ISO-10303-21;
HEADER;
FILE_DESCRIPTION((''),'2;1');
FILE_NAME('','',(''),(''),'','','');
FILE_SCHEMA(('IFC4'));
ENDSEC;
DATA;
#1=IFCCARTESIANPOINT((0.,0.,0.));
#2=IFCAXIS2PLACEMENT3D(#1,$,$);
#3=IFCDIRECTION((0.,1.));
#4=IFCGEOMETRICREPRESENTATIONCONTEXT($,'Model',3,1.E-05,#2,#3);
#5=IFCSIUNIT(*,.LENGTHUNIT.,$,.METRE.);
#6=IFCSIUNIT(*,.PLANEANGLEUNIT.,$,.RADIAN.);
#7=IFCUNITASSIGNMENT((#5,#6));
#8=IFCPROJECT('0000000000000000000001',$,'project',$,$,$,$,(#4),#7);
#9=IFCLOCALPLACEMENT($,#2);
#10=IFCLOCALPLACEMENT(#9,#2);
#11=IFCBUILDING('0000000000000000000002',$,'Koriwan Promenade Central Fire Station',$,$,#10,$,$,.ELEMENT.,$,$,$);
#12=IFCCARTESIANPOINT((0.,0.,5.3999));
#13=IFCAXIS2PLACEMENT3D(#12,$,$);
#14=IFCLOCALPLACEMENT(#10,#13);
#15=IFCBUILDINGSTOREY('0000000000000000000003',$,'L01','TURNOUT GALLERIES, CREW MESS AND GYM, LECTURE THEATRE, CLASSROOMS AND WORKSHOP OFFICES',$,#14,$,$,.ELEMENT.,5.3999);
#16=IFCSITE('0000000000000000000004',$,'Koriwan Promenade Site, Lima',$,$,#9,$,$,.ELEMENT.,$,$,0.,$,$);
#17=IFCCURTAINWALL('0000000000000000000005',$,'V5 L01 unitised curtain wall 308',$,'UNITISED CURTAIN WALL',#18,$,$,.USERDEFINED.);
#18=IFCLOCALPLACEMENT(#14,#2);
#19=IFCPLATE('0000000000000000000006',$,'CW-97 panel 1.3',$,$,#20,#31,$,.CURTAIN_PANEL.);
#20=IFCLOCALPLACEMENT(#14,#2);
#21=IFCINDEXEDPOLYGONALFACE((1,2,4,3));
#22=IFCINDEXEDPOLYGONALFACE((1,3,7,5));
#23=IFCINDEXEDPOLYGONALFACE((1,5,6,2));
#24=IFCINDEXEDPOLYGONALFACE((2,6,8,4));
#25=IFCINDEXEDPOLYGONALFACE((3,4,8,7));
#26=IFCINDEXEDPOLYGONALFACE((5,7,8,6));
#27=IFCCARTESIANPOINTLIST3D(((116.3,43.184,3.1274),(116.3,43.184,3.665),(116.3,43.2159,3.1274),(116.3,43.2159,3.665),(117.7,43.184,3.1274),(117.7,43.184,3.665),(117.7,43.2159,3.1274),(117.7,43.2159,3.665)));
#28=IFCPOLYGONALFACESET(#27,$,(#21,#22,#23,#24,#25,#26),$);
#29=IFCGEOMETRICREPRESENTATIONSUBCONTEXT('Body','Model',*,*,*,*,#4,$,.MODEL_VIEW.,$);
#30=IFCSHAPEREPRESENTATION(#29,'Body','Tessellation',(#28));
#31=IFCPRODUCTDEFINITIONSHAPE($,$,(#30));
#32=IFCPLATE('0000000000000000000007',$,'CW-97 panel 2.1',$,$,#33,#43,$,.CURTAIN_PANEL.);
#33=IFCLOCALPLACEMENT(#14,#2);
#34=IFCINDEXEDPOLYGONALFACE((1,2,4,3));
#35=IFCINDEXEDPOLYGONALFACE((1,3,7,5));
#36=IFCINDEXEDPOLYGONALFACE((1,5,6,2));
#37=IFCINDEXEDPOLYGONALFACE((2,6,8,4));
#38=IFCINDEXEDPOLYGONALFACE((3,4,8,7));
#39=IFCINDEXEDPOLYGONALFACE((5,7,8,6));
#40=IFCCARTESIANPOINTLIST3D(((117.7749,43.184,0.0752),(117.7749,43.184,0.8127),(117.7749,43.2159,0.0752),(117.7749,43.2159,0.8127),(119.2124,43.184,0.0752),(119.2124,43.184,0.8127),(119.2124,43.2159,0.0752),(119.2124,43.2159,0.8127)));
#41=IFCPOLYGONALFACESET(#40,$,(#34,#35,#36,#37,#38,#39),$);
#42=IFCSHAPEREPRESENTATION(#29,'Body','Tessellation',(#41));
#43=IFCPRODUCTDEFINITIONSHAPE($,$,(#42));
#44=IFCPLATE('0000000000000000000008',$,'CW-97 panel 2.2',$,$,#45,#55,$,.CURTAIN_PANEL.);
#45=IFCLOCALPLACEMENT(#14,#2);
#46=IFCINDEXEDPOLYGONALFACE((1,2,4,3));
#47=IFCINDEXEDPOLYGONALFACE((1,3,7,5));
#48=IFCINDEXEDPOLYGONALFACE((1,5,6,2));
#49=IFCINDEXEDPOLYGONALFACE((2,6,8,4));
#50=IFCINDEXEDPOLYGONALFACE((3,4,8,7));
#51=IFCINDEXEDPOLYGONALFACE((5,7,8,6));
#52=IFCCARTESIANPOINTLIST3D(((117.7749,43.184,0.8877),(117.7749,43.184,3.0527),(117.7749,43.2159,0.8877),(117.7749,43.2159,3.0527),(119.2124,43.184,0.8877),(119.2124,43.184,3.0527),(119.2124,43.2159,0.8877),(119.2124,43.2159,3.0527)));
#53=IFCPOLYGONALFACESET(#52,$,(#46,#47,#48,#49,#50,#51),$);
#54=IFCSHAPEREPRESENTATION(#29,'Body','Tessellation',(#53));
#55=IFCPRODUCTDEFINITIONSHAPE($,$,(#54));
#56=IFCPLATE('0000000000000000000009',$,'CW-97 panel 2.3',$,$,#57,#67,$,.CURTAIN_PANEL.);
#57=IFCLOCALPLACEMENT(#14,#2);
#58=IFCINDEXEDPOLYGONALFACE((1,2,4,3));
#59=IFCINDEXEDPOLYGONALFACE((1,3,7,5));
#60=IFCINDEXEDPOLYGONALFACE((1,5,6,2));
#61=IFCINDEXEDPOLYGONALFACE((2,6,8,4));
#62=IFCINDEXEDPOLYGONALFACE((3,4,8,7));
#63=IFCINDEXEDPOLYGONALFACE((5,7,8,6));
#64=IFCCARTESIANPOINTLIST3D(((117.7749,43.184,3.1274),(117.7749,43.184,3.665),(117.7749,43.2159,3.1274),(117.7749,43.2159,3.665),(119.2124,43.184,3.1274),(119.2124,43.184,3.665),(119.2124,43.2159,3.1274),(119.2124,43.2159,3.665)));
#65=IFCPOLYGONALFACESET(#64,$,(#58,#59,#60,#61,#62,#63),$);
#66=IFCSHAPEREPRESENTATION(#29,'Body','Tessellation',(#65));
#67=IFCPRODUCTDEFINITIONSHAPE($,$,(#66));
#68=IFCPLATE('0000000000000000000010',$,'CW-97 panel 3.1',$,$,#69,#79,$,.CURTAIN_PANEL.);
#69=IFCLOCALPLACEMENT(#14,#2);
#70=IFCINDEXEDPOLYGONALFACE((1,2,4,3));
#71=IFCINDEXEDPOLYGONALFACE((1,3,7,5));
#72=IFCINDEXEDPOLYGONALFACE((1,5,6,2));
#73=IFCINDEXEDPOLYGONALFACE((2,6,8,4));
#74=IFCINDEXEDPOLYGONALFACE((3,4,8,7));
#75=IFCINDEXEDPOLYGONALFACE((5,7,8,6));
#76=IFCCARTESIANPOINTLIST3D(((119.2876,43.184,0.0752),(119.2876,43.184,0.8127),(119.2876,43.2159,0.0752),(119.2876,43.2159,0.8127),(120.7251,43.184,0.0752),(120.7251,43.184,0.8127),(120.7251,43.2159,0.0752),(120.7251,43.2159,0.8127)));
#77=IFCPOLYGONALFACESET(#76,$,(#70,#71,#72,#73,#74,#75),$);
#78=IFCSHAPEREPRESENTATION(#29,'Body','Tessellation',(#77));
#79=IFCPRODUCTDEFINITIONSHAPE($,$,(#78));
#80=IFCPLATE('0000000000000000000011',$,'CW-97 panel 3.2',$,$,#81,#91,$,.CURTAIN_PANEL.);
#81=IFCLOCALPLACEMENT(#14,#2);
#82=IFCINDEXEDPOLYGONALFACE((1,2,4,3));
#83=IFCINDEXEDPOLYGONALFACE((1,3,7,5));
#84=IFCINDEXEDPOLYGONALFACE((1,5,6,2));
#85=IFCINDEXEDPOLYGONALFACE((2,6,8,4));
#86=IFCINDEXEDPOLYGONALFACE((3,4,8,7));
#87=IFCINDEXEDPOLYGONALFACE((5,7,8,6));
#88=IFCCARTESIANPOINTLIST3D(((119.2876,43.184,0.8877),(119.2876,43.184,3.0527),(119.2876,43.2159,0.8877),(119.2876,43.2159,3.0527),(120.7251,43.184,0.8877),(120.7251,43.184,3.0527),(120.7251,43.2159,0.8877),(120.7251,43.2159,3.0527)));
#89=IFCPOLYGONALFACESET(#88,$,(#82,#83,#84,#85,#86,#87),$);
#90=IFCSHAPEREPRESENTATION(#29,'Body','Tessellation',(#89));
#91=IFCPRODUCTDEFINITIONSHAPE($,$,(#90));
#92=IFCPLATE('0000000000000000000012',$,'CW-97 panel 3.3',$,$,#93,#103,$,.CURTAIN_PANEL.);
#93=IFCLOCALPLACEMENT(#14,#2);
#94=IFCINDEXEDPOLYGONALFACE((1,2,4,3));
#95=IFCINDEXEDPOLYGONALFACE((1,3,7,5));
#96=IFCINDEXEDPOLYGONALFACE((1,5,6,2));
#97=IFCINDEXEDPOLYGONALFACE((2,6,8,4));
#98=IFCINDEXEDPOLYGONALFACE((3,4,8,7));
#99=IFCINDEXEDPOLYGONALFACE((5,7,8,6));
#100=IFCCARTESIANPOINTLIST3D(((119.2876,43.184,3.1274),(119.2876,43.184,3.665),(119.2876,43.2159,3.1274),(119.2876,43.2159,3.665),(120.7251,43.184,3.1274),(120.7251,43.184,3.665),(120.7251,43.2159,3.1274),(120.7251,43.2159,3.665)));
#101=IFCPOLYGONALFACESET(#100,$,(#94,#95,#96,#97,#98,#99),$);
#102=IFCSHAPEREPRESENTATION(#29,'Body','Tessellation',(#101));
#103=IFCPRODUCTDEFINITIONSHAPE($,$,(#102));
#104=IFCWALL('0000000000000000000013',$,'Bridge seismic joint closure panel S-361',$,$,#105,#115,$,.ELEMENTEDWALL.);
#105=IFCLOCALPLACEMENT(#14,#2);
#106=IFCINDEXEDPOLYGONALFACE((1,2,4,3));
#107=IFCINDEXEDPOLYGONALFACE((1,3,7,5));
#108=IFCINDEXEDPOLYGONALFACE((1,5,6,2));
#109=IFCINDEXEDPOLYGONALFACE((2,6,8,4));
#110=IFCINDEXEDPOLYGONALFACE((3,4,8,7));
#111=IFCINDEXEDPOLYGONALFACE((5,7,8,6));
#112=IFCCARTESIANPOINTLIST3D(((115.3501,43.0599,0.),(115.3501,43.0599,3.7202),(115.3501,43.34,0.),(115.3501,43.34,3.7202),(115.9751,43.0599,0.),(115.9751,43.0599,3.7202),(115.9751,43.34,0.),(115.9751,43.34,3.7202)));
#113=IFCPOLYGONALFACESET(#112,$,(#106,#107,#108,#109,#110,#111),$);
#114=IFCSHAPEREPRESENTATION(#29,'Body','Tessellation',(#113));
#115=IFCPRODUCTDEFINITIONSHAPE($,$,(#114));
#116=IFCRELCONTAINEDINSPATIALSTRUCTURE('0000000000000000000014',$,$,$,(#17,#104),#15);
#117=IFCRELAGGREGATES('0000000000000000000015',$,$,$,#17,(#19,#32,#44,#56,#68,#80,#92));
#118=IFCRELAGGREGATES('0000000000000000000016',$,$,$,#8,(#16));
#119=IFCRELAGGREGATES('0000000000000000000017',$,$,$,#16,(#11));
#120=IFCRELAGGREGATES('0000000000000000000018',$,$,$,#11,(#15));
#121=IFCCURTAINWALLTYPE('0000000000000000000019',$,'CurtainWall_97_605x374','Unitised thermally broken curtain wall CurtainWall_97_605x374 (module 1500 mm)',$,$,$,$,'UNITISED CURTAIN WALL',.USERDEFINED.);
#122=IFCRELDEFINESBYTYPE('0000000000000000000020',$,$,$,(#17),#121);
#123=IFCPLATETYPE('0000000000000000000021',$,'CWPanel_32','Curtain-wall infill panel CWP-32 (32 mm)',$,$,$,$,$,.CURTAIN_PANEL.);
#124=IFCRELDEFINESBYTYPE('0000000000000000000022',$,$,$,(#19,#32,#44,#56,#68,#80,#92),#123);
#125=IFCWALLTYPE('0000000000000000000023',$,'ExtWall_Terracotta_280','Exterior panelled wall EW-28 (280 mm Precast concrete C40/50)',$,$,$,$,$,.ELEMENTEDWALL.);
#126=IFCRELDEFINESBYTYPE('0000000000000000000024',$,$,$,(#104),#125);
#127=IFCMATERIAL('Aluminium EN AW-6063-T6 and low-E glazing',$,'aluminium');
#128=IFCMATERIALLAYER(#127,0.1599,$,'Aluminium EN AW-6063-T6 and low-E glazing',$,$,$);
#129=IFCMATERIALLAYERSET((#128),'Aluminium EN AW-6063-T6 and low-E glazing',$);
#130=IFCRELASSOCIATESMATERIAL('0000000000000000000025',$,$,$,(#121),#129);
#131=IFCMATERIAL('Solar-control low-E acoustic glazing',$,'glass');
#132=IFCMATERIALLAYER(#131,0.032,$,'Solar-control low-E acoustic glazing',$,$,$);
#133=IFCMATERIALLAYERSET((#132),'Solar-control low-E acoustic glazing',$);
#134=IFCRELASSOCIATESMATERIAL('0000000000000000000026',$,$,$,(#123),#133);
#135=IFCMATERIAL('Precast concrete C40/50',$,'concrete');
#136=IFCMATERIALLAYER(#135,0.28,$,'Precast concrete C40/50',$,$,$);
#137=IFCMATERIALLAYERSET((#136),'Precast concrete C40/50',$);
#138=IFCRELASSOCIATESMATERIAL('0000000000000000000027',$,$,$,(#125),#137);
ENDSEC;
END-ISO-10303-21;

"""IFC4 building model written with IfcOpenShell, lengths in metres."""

from ifc_helpers import new_model, si_unit, direction, frame, frame_2d, origin, origin_2d, place, context, subcontext, project, spatial, rectangle, extrude, material, layer, layer_set, type_object, element, aggregate, save


model = new_model("IFC4")

# Units and contexts
model_context = context("Model", 3, precision=1e-05, world=origin(), true_north=direction((0.0, 1.0)))
body_context = subcontext(model_context, "Body", "Model", "MODEL_VIEW")
ifc_project = project(units=[si_unit("LENGTHUNIT", "METRE"), si_unit("PLANEANGLEUNIT", "RADIAN")], contexts=[model_context])

# Site, building, storey
site_placement = place(None, origin())
site = spatial("IfcSite", under=ifc_project, at=site_placement, Name="Koriwan Promenade Site, Lima", CompositionType="ELEMENT", RefElevation=0.0)
building_placement = place(site_placement, origin())
building = spatial("IfcBuilding", under=site, at=building_placement, Name="Koriwan Promenade Central Fire Station", CompositionType="ELEMENT")
storey_placement = place(building_placement, frame((0.0, 0.0, 5.3999)))
storey = spatial("IfcBuildingStorey", under=building, at=storey_placement, Name="L01", Description="TURNOUT GALLERIES, CREW MESS AND GYM, LECTURE THEATRE, CLASSROOMS AND WORKSHOP OFFICES", CompositionType="ELEMENT", Elevation=5.3999)

# Curtain wall
ifc_material_1 = material(Name="Aluminium EN AW-6063-T6 and low-E glazing", Category="aluminium")
ifc_layer_1 = layer(ifc_material_1, 0.1599, Name="Aluminium EN AW-6063-T6 and low-E glazing")
ifc_layer_set_1 = layer_set([ifc_layer_1], Name="Aluminium EN AW-6063-T6 and low-E glazing")
curtain_wall_type = type_object("IfcCurtainWallType", Name="CurtainWall_97_605x374", Description="Unitised thermally broken curtain wall CurtainWall_97_605x374 (module 1500 mm)", ElementType="UNITISED CURTAIN WALL", PredefinedType="USERDEFINED", material=ifc_layer_set_1)
curtain_wall_placement = place(storey_placement, origin())
curtain_wall = element("IfcCurtainWall", 1, at=curtain_wall_placement, inside=storey, type_object=curtain_wall_type, Name="V5 L01 unitised curtain wall 308", ObjectType="UNITISED CURTAIN WALL", PredefinedType="USERDEFINED")

# Plates
ifc_material_2 = material(Name="Solar-control low-E acoustic glazing", Category="glass")
ifc_layer_2 = layer(ifc_material_2, 0.032, Name="Solar-control low-E acoustic glazing")
ifc_layer_set_2 = layer_set([ifc_layer_2], Name="Solar-control low-E acoustic glazing")
plate_type = type_object("IfcPlateType", Name="CWPanel_32", Description="Curtain-wall infill panel CWP-32 (32 mm)", PredefinedType="CURTAIN_PANEL", material=ifc_layer_set_2)
plate_1_placement = place(storey_placement, frame((117.0, 43.2, 3.1274), z_axis=(0.0, 0.0, 1.0), x_axis=(1.0, 0.0, 0.0)))
plate_1 = element("IfcPlate", 2, at=plate_1_placement, type_object=plate_type, Name="CW-97 panel 1.3", PredefinedType="CURTAIN_PANEL", context=body_context, shape_type="SweptSolid", body=[
    extrude(rectangle(XDim=1.3999, YDim=0.032, at=origin_2d()), origin(), (0.0, 0.0, 1.0), 0.5376),
])
plate_2_placement = place(storey_placement, frame((118.4937, 43.2, 0.0752), z_axis=(0.0, 0.0, 1.0), x_axis=(1.0, 0.0, 0.0)))
plate_2 = element("IfcPlate", 3, at=plate_2_placement, type_object=plate_type, Name="CW-97 panel 2.1", PredefinedType="CURTAIN_PANEL", context=body_context, shape_type="SweptSolid", body=[
    extrude(rectangle(XDim=1.4375, YDim=0.032, at=origin_2d()), origin(), (0.0, 0.0, 1.0), 0.7375),
])
plate_3_placement = place(storey_placement, frame((118.4937, 43.2, 0.8877), z_axis=(0.0, 0.0, 1.0), x_axis=(1.0, 0.0, 0.0)))
plate_3 = element("IfcPlate", 4, at=plate_3_placement, type_object=plate_type, Name="CW-97 panel 2.2", PredefinedType="CURTAIN_PANEL", context=body_context, shape_type="SweptSolid", body=[
    extrude(rectangle(XDim=1.4375, YDim=0.032, at=origin_2d()), origin(), (0.0, 0.0, 1.0), 2.165),
])
plate_4_placement = place(storey_placement, frame((118.4937, 43.2, 3.1274), z_axis=(0.0, 0.0, 1.0), x_axis=(1.0, 0.0, 0.0)))
plate_4 = element("IfcPlate", 5, at=plate_4_placement, type_object=plate_type, Name="CW-97 panel 2.3", PredefinedType="CURTAIN_PANEL", context=body_context, shape_type="SweptSolid", body=[
    extrude(rectangle(XDim=1.4375, YDim=0.032, at=origin_2d()), origin(), (0.0, 0.0, 1.0), 0.5376),
])
plate_5_placement = place(storey_placement, frame((120.0063, 43.2, 0.0752), z_axis=(0.0, 0.0, 1.0), x_axis=(1.0, 0.0, 0.0)))
plate_5 = element("IfcPlate", 6, at=plate_5_placement, type_object=plate_type, Name="CW-97 panel 3.1", PredefinedType="CURTAIN_PANEL", context=body_context, shape_type="SweptSolid", body=[
    extrude(rectangle(XDim=1.4375, YDim=0.032, at=origin_2d()), origin(), (0.0, 0.0, 1.0), 0.7375),
])
plate_6_placement = place(storey_placement, frame((120.0063, 43.2, 0.8877), z_axis=(0.0, 0.0, 1.0), x_axis=(1.0, 0.0, 0.0)))
plate_6 = element("IfcPlate", 7, at=plate_6_placement, type_object=plate_type, Name="CW-97 panel 3.2", PredefinedType="CURTAIN_PANEL", context=body_context, shape_type="SweptSolid", body=[
    extrude(rectangle(XDim=1.4375, YDim=0.032, at=origin_2d()), origin(), (0.0, 0.0, 1.0), 2.165),
])
plate_7_placement = place(storey_placement, frame((120.0063, 43.2, 3.1274), z_axis=(0.0, 0.0, 1.0), x_axis=(1.0, 0.0, 0.0)))
plate_7 = element("IfcPlate", 8, at=plate_7_placement, type_object=plate_type, Name="CW-97 panel 3.3", PredefinedType="CURTAIN_PANEL", context=body_context, shape_type="SweptSolid", body=[
    extrude(rectangle(XDim=1.4375, YDim=0.032, at=origin_2d()), origin(), (0.0, 0.0, 1.0), 0.5376),
])
aggregate(curtain_wall, [plate_1, plate_2, plate_3, plate_4, plate_5, plate_6, plate_7])

# Wall
ifc_material_3 = material(Name="Precast concrete C40/50", Category="concrete")
ifc_layer_3 = layer(ifc_material_3, 0.28, Name="Precast concrete C40/50")
ifc_layer_set_3 = layer_set([ifc_layer_3], Name="Precast concrete C40/50")
wall_type = type_object("IfcWallType", Name="ExtWall_Terracotta_280", Description="Exterior panelled wall EW-28 (280 mm Precast concrete C40/50)", PredefinedType="ELEMENTEDWALL", material=ifc_layer_set_3)
wall_placement = place(storey_placement, frame((115.3501, 43.2, 0.0), z_axis=(0.0, 0.0, 1.0), x_axis=(1.0, 0.0, 0.0)))
element("IfcWall", 9, at=wall_placement, inside=storey, type_object=wall_type, Name="Bridge seismic joint closure panel S-361", PredefinedType="ELEMENTEDWALL", context=body_context, shape_type="SweptSolid", body=[
    extrude(rectangle(XDim=0.625, YDim=0.28, at=frame_2d((0.3125, 0.0))), origin(), (0.0, 0.0, 1.0), 3.7202),
])

save(model, "model.ifc")
